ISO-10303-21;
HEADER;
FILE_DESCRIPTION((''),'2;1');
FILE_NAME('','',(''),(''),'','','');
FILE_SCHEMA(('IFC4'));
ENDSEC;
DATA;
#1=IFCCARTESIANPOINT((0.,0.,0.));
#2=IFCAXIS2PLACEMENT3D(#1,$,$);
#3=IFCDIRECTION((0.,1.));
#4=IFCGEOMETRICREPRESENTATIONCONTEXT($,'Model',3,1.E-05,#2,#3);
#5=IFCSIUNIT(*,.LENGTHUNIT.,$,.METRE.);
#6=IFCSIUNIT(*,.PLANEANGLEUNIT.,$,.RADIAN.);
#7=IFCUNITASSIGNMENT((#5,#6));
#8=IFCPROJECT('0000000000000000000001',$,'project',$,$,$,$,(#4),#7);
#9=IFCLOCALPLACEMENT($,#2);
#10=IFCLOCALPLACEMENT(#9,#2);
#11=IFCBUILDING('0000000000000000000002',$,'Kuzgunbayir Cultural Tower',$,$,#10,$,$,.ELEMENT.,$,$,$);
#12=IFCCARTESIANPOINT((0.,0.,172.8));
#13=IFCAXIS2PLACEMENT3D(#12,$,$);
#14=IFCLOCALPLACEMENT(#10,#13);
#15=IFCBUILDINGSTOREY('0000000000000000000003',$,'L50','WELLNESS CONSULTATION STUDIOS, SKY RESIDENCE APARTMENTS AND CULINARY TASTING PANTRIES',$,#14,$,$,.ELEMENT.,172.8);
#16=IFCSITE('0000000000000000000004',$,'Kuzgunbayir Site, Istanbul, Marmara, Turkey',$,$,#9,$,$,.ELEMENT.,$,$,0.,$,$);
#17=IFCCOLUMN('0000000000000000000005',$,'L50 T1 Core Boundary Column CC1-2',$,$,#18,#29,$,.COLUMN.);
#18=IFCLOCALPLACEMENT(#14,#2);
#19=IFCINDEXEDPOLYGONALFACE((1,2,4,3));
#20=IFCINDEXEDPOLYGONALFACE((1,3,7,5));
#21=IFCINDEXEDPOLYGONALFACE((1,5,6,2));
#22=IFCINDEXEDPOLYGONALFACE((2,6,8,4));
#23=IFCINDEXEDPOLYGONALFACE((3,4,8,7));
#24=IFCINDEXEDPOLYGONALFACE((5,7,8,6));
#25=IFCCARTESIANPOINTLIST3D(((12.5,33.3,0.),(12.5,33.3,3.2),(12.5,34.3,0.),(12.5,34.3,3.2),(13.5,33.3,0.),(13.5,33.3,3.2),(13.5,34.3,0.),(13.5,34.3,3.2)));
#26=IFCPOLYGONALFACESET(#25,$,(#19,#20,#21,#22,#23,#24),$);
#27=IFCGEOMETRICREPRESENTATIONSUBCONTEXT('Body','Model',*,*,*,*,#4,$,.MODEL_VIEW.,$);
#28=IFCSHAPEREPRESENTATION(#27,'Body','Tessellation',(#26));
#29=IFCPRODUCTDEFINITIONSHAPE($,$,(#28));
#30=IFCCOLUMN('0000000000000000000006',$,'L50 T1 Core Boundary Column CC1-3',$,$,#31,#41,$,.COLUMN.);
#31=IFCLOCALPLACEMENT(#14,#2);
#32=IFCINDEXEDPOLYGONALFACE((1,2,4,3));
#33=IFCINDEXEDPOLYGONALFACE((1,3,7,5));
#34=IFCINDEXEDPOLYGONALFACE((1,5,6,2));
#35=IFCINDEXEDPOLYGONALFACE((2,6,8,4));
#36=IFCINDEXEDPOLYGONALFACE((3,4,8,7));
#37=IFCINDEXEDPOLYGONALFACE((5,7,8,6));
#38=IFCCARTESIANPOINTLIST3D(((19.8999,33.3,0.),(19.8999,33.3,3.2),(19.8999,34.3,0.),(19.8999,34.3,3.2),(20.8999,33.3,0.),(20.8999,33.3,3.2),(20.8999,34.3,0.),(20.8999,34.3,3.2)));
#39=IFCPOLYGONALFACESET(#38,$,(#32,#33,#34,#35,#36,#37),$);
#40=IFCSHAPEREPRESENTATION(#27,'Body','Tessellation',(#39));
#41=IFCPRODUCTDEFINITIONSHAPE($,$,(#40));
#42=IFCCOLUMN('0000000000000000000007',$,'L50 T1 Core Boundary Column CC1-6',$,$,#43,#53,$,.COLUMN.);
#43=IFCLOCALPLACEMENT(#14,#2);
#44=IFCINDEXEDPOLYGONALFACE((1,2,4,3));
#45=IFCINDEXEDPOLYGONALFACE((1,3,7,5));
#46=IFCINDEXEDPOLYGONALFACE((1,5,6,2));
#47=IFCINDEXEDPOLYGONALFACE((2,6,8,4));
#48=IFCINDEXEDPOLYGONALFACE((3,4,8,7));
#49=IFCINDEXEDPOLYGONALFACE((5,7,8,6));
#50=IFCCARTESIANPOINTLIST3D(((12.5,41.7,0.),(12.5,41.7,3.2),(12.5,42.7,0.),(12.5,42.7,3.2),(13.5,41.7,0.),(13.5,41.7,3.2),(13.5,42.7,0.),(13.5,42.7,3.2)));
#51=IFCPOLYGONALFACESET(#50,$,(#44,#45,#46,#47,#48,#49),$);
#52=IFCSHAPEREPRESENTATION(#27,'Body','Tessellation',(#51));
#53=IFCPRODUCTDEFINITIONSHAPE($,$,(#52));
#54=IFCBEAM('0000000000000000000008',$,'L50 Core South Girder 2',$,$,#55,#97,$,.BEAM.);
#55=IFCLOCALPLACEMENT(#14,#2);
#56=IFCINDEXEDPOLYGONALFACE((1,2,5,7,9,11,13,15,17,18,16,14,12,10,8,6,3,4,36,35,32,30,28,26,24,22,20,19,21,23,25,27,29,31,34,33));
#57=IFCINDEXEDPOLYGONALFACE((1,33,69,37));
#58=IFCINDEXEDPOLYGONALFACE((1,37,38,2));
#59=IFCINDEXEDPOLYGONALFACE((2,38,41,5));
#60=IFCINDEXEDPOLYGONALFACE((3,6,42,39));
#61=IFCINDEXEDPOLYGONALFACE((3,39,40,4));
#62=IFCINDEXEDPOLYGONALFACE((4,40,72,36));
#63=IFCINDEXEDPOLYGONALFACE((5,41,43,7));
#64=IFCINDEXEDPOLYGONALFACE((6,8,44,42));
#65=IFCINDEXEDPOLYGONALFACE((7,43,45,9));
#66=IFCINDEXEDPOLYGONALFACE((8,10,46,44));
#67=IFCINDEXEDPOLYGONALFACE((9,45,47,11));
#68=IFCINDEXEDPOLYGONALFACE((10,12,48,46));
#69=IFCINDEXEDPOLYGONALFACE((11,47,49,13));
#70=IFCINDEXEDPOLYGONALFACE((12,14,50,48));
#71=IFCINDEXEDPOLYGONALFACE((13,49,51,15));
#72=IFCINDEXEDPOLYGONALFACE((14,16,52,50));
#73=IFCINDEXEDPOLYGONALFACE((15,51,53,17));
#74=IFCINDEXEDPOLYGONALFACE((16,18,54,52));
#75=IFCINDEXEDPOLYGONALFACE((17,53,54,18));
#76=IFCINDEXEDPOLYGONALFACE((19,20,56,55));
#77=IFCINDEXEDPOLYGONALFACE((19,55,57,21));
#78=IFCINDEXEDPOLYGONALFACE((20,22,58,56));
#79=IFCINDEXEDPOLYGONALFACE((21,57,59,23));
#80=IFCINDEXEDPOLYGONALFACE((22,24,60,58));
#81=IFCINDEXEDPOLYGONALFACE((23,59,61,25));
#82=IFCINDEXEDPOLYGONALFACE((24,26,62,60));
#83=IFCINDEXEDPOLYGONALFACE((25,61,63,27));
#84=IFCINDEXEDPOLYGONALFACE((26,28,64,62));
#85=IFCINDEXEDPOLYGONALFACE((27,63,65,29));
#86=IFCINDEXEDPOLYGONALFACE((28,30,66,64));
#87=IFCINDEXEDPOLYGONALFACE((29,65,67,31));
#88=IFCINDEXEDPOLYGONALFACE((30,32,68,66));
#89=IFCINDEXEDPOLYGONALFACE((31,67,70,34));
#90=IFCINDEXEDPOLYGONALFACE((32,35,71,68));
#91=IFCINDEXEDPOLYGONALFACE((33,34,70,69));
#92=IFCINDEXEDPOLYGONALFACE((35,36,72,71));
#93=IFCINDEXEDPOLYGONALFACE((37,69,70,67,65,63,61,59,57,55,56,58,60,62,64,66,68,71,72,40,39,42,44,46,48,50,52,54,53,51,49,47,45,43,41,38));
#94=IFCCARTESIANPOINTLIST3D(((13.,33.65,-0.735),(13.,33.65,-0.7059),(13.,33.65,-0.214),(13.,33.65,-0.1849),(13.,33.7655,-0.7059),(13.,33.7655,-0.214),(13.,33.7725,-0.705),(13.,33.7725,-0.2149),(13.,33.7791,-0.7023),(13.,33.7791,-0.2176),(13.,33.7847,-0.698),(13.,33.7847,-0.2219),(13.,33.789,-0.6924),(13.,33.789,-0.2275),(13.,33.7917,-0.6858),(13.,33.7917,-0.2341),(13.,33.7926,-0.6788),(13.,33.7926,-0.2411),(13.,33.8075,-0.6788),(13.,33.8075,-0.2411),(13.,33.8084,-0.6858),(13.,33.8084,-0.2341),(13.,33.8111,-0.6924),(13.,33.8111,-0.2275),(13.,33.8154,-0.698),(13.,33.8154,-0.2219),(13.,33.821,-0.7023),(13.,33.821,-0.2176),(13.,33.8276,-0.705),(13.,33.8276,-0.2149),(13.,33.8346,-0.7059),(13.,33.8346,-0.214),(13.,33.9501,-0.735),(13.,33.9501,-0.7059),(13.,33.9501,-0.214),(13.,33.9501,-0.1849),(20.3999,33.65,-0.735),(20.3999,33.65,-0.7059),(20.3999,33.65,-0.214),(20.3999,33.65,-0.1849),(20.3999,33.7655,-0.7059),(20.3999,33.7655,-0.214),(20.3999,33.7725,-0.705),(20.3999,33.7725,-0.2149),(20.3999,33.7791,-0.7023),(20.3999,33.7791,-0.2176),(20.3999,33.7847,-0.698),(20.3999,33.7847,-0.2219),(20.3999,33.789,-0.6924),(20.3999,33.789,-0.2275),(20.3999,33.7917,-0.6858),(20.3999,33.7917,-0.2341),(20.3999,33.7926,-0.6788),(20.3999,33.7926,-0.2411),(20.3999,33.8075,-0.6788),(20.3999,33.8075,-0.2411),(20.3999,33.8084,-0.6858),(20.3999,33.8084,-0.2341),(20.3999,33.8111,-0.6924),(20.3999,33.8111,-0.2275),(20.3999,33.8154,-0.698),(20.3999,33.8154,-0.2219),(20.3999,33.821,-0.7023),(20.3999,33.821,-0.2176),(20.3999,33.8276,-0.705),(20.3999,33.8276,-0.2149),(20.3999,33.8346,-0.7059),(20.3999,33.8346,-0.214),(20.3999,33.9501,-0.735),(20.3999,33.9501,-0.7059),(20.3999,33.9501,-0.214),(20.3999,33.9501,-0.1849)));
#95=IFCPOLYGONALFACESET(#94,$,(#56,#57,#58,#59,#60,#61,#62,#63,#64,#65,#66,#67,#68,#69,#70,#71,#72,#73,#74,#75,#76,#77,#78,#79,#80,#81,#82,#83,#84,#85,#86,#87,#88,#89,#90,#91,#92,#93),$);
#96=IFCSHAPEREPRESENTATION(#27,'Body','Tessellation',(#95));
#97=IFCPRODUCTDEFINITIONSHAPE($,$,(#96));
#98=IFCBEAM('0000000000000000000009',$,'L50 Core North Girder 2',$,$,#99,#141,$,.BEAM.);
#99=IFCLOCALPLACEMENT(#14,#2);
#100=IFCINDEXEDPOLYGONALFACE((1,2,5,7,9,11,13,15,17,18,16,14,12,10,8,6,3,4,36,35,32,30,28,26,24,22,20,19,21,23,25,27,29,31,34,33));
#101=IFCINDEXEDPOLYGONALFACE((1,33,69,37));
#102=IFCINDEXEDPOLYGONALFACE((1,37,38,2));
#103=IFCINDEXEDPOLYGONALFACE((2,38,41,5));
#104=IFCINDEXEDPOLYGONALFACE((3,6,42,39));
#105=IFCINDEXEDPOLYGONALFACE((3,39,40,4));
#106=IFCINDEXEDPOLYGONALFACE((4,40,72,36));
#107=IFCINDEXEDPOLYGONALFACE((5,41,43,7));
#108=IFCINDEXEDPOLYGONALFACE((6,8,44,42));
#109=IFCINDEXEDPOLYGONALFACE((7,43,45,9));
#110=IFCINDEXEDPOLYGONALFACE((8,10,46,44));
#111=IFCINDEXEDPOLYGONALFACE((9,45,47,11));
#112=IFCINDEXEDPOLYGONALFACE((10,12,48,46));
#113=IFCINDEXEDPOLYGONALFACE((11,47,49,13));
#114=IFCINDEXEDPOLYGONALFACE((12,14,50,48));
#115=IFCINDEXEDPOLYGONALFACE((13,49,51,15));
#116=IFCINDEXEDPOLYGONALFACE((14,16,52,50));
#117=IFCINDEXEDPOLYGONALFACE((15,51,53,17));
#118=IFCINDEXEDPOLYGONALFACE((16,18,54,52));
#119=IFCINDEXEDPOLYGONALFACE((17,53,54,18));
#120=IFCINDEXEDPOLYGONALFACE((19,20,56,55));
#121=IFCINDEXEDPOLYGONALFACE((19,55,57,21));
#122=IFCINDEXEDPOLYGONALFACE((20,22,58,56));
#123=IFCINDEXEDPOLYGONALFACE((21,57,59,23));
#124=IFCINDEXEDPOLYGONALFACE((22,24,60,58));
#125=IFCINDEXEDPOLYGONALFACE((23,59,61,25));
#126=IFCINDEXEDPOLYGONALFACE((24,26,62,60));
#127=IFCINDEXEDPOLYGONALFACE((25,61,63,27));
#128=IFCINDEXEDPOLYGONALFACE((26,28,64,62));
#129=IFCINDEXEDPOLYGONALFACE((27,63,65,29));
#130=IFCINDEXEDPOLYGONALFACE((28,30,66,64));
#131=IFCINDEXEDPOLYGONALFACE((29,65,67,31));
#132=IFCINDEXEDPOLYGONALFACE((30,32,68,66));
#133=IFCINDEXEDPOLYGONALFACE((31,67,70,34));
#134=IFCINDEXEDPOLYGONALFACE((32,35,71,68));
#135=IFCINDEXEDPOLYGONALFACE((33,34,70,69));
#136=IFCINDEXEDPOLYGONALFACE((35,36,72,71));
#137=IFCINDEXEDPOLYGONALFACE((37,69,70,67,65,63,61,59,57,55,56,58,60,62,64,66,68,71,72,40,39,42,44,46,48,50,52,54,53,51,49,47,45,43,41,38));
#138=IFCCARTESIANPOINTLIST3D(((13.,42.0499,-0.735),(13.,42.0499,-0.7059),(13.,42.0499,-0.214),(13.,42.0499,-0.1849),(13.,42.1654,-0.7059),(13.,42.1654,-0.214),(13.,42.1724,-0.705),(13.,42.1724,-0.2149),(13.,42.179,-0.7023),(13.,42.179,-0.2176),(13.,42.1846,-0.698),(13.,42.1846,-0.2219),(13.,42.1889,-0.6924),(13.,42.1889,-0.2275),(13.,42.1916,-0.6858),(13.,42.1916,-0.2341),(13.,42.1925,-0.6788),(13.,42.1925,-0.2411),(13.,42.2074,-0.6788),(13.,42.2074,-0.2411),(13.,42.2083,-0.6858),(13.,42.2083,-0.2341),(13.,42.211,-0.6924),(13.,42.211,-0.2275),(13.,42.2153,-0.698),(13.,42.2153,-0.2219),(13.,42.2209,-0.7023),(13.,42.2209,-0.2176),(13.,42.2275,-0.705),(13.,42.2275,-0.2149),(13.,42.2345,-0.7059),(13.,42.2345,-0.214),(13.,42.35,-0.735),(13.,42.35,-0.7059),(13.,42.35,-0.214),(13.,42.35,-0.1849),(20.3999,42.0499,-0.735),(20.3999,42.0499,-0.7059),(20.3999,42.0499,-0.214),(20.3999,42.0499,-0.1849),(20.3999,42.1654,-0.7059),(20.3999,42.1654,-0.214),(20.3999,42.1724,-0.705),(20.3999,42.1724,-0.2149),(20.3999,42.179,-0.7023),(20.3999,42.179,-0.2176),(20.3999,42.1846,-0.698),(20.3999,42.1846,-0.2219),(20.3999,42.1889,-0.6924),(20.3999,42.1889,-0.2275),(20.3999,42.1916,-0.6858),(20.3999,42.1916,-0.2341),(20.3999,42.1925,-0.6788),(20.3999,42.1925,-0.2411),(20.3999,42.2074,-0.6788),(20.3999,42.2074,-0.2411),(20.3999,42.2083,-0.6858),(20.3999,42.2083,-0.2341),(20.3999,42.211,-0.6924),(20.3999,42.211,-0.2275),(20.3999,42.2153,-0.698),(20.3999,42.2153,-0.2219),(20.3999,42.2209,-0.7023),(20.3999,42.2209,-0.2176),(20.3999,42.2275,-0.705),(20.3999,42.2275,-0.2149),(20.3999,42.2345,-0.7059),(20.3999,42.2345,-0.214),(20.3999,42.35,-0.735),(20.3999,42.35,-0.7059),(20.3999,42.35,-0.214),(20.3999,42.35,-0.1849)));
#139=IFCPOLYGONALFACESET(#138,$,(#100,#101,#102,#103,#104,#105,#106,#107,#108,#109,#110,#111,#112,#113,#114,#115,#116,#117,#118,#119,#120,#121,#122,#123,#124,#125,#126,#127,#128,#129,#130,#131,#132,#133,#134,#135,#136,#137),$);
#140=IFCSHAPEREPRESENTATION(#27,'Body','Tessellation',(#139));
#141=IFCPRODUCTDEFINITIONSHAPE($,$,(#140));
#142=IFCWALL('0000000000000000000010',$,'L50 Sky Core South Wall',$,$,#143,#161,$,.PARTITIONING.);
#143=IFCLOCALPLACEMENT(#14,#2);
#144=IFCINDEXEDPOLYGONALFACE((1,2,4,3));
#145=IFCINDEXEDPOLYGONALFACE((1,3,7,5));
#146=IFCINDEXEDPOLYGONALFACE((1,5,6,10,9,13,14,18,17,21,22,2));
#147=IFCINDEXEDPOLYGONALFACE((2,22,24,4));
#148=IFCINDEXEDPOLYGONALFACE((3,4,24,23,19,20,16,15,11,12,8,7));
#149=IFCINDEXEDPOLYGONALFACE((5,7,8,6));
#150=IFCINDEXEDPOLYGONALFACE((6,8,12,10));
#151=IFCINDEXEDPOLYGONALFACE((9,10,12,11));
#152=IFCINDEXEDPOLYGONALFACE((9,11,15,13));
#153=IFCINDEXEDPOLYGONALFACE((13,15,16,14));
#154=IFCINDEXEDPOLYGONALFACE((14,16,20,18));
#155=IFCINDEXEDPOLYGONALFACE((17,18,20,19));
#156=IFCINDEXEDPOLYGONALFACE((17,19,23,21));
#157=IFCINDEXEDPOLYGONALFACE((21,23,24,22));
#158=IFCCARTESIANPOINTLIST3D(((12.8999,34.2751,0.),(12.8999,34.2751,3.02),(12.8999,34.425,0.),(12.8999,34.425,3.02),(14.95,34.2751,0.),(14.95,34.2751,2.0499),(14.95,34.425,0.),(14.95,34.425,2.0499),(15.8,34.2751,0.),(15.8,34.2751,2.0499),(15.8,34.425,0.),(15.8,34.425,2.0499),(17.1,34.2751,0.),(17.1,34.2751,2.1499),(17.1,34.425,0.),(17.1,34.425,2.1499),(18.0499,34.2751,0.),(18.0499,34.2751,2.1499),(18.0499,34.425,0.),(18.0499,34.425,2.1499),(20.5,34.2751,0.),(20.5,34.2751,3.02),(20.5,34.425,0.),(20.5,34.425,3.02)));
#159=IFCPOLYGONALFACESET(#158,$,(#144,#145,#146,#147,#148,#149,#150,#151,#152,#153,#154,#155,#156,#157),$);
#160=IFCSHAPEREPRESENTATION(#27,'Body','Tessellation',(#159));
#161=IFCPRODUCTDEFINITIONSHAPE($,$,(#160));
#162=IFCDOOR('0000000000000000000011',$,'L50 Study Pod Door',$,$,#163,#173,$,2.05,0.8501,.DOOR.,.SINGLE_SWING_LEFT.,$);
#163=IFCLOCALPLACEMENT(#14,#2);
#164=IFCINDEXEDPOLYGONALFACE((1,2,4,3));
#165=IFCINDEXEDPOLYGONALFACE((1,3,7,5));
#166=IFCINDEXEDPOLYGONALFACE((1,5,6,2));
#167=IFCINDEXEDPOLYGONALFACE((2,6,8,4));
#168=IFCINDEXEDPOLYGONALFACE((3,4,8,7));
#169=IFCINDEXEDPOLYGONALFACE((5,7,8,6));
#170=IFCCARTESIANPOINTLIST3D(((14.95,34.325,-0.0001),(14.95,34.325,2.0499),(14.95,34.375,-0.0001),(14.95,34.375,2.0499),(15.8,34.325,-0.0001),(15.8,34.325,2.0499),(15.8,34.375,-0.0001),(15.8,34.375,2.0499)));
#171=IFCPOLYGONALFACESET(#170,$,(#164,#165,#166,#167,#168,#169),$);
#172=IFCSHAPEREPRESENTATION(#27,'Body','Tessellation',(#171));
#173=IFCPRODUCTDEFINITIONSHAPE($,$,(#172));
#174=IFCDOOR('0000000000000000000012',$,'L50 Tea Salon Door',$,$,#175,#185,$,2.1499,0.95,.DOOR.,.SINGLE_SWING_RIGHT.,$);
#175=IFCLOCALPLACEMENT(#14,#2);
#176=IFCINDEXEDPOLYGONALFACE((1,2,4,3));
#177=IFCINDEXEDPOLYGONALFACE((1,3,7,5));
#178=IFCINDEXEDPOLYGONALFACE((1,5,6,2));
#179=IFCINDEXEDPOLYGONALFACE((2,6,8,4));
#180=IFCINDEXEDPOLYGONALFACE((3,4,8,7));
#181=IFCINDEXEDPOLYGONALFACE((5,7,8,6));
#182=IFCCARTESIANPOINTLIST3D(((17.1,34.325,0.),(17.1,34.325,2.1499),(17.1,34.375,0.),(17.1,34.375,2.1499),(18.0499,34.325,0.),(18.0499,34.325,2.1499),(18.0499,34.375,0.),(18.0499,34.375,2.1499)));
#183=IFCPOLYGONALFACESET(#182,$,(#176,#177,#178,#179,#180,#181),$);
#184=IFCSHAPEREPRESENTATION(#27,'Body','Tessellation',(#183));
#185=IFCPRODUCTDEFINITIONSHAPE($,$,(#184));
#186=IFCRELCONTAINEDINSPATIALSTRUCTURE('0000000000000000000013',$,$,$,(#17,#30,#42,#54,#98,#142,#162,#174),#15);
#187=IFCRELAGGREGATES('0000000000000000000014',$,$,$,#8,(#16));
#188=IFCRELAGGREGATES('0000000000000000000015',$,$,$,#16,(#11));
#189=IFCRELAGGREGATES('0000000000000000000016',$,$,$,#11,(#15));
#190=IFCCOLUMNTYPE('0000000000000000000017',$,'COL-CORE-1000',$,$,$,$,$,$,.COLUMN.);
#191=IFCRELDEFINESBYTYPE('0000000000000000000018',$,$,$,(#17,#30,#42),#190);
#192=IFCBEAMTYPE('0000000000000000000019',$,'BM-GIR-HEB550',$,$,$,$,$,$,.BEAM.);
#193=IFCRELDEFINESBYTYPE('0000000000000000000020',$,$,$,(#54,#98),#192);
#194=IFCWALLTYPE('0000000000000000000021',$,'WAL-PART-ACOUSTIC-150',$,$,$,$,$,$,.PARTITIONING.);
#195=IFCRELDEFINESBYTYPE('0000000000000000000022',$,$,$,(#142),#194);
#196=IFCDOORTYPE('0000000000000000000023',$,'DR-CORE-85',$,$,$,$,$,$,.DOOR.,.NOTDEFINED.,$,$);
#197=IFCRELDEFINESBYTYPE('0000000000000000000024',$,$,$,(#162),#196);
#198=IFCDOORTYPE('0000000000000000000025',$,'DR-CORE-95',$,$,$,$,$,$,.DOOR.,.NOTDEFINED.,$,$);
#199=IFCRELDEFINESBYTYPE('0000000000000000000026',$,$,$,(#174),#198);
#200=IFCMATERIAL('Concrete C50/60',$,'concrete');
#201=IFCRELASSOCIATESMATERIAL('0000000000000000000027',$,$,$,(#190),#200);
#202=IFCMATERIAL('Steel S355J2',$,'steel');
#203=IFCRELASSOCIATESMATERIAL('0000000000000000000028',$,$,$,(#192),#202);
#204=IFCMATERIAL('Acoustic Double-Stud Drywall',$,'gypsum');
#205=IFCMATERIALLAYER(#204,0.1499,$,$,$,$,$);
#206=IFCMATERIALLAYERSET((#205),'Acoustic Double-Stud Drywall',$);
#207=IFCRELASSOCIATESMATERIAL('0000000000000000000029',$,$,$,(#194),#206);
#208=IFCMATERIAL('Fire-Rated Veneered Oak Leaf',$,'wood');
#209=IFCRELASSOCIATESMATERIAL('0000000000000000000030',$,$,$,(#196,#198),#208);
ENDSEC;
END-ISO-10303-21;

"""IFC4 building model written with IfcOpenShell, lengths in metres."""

from ifc_helpers import new_model, si_unit, direction, frame, frame_2d, origin, origin_2d, place, context, subcontext, project, spatial, rectangle, i_section, extrude, material, layer, layer_set, material_profile, profile_set, type_object, element, fill, save


model = new_model("IFC4")

# Units and contexts
model_context = context("Model", 3, precision=1e-05, world=origin(), true_north=direction((0.0, 1.0)))
body_context = subcontext(model_context, "Body", "Model", "MODEL_VIEW")
ifc_project = project(units=[si_unit("LENGTHUNIT", "METRE"), si_unit("PLANEANGLEUNIT", "RADIAN")], contexts=[model_context])

# Site, building, storey
site_placement = place(None, origin())
site = spatial("IfcSite", under=ifc_project, at=site_placement, Name="Kuzgunbayir Site, Istanbul, Marmara, Turkey", CompositionType="ELEMENT", RefElevation=0.0)
building_placement = place(site_placement, origin())
building = spatial("IfcBuilding", under=site, at=building_placement, Name="Kuzgunbayir Cultural Tower", CompositionType="ELEMENT")
storey_placement = place(building_placement, frame((0.0, 0.0, 172.8)))
storey = spatial("IfcBuildingStorey", under=building, at=storey_placement, Name="L50", Description="WELLNESS CONSULTATION STUDIOS, SKY RESIDENCE APARTMENTS AND CULINARY TASTING PANTRIES", CompositionType="ELEMENT", Elevation=172.8)

# Columns
ifc_material_1 = material(Name="Concrete C50/60", Category="concrete")
ifc_material_profile_1 = material_profile(ifc_material_1, rectangle(XDim=1.0, YDim=1.0, at=origin_2d()), Name="RC 1000x1000")
ifc_profile_set_1 = profile_set([ifc_material_profile_1], Name="Concrete C50/60")
column_type = type_object("IfcColumnType", Name="COL-CORE-1000", PredefinedType="COLUMN", material=ifc_profile_set_1)
for number, where, z_axis, x_axis, name in (
    (1, (13.0, 33.8, 0.0), (0.0, 0.0, 1.0), (1.0, 0.0, 0.0), "L50 T1 Core Boundary Column CC1-2"),
    (2, (20.3999, 33.8, 0.0), (0.0, 0.0, 1.0), (1.0, 0.0, 0.0), "L50 T1 Core Boundary Column CC1-3"),
    (3, (13.0, 42.2, 0.0), (0.0, 0.0, 1.0), (1.0, 0.0, 0.0), "L50 T1 Core Boundary Column CC1-6"),
):
    element("IfcColumn", number, at=place(storey_placement, frame(where, z_axis=z_axis, x_axis=x_axis)), inside=storey, type_object=column_type, Name=name, PredefinedType="COLUMN", context=body_context, shape_type="SweptSolid", body=[
        extrude(rectangle(XDim=1.0, YDim=1.0, at=origin_2d()), origin(), (0.0, 0.0, 1.0), 3.2),
    ])

# Beams
ifc_material_2 = material(Name="Steel S355J2", Category="steel")
ifc_material_profile_2 = material_profile(ifc_material_2, i_section(OverallWidth=0.3, OverallDepth=0.55, WebThickness=0.0149, FlangeThickness=0.0291, FilletRadius=0.0271, at=origin_2d()), Name="HEB 550")
ifc_profile_set_2 = profile_set([ifc_material_profile_2], Name="Steel S355J2")
beam_type = type_object("IfcBeamType", Name="BM-GIR-HEB550", PredefinedType="BEAM", material=ifc_profile_set_2)
for number, where, z_axis, x_axis, name in (
    (4, (13.0, 33.8, -0.46), (1.0, 0.0, 0.0), (0.0, 1.0, 0.0), "L50 Core South Girder 2"),
    (5, (13.0, 42.2, -0.46), (1.0, 0.0, 0.0), (0.0, 1.0, 0.0), "L50 Core North Girder 2"),
):
    element("IfcBeam", number, at=place(storey_placement, frame(where, z_axis=z_axis, x_axis=x_axis)), inside=storey, type_object=beam_type, Name=name, PredefinedType="BEAM", context=body_context, shape_type="SweptSolid", body=[
        extrude(i_section(OverallWidth=0.3, OverallDepth=0.55, WebThickness=0.0149, FlangeThickness=0.0291, FilletRadius=0.0271, at=origin_2d()), origin(), (0.0, 0.0, 1.0), 7.3999),
    ])

# Wall, openings, doors
ifc_material_3 = material(Name="Acoustic Double-Stud Drywall", Category="gypsum")
ifc_layer_1 = layer(ifc_material_3, 0.1499)
ifc_layer_set_1 = layer_set([ifc_layer_1], Name="Acoustic Double-Stud Drywall")
wall_type_1 = type_object("IfcWallType", Name="WAL-PART-ACOUSTIC-150", PredefinedType="PARTITIONING", material=ifc_layer_set_1)
wall_1_placement = place(storey_placement, frame((12.8999, 34.3501, 0.0), z_axis=(0.0, 0.0, 1.0), x_axis=(1.0, 0.0, 0.0)))
wall_1 = element("IfcWall", 6, at=wall_1_placement, inside=storey, type_object=wall_type_1, Name="L50 Sky Core South Wall", PredefinedType="PARTITIONING", context=body_context, shape_type="SweptSolid", body=[
    extrude(rectangle(XDim=7.6001, YDim=0.1499, at=frame_2d((3.8, 0.0))), origin(), (0.0, 0.0, 1.0), 3.02),
])
opening_1_placement = place(wall_1_placement, frame((2.05, 0.0, 0.0)))
opening_1 = element("IfcOpeningElement", 7, at=opening_1_placement, cuts=wall_1, PredefinedType="OPENING", context=body_context, shape_type="SweptSolid", body=[
    extrude(rectangle(XDim=0.8501, YDim=2.05, at=frame_2d((0.425, 1.0249))), frame((0.0, 0.085, 0.0), z_axis=(0.0, -1.0, 0.0), x_axis=(1.0, 0.0, 0.0)), (0.0, 0.0, 1.0), 0.1699),
])
opening_2_placement = place(wall_1_placement, frame((4.2, 0.0, 0.0)))
opening_2 = element("IfcOpeningElement", 8, at=opening_2_placement, cuts=wall_1, PredefinedType="OPENING", context=body_context, shape_type="SweptSolid", body=[
    extrude(rectangle(XDim=0.95, YDim=2.1499, at=frame_2d((0.4751, 1.075))), frame((0.0, 0.085, 0.0), z_axis=(0.0, -1.0, 0.0), x_axis=(1.0, 0.0, 0.0)), (0.0, 0.0, 1.0), 0.1699),
])
ifc_material_4 = material(Name="Fire-Rated Veneered Oak Leaf", Category="wood")
door_type_1 = type_object("IfcDoorType", Name="DR-CORE-85", OperationType="NOTDEFINED", PredefinedType="DOOR", material=ifc_material_4)
door_1_placement = place(opening_1_placement, origin())
door_1 = element("IfcDoor", 9, at=door_1_placement, inside=storey, type_object=door_type_1, Name="L50 Study Pod Door", OperationType="SINGLE_SWING_LEFT", OverallHeight=2.05, OverallWidth=0.8501, PredefinedType="DOOR", context=body_context, shape_type="SweptSolid", body=[
    extrude(rectangle(XDim=0.8501, YDim=2.05, at=frame_2d((0.425, 1.0249))), frame((0.0, 0.0249, 0.0), z_axis=(0.0, -1.0, 0.0), x_axis=(1.0, 0.0, 0.0)), (0.0, 0.0, 1.0), 0.05),
])
fill(opening_1, door_1)
door_type_2 = type_object("IfcDoorType", Name="DR-CORE-95", OperationType="NOTDEFINED", PredefinedType="DOOR", material=ifc_material_4)
door_2_placement = place(opening_2_placement, origin())
door_2 = element("IfcDoor", 10, at=door_2_placement, inside=storey, type_object=door_type_2, Name="L50 Tea Salon Door", OperationType="SINGLE_SWING_RIGHT", OverallHeight=2.1499, OverallWidth=0.95, PredefinedType="DOOR", context=body_context, shape_type="SweptSolid", body=[
    extrude(rectangle(XDim=0.95, YDim=2.1499, at=frame_2d((0.4751, 1.075))), frame((0.0, 0.0249, 0.0), z_axis=(0.0, -1.0, 0.0), x_axis=(1.0, 0.0, 0.0)), (0.0, 0.0, 1.0), 0.05),
])
fill(opening_2, door_2)

save(model, "model.ifc")
